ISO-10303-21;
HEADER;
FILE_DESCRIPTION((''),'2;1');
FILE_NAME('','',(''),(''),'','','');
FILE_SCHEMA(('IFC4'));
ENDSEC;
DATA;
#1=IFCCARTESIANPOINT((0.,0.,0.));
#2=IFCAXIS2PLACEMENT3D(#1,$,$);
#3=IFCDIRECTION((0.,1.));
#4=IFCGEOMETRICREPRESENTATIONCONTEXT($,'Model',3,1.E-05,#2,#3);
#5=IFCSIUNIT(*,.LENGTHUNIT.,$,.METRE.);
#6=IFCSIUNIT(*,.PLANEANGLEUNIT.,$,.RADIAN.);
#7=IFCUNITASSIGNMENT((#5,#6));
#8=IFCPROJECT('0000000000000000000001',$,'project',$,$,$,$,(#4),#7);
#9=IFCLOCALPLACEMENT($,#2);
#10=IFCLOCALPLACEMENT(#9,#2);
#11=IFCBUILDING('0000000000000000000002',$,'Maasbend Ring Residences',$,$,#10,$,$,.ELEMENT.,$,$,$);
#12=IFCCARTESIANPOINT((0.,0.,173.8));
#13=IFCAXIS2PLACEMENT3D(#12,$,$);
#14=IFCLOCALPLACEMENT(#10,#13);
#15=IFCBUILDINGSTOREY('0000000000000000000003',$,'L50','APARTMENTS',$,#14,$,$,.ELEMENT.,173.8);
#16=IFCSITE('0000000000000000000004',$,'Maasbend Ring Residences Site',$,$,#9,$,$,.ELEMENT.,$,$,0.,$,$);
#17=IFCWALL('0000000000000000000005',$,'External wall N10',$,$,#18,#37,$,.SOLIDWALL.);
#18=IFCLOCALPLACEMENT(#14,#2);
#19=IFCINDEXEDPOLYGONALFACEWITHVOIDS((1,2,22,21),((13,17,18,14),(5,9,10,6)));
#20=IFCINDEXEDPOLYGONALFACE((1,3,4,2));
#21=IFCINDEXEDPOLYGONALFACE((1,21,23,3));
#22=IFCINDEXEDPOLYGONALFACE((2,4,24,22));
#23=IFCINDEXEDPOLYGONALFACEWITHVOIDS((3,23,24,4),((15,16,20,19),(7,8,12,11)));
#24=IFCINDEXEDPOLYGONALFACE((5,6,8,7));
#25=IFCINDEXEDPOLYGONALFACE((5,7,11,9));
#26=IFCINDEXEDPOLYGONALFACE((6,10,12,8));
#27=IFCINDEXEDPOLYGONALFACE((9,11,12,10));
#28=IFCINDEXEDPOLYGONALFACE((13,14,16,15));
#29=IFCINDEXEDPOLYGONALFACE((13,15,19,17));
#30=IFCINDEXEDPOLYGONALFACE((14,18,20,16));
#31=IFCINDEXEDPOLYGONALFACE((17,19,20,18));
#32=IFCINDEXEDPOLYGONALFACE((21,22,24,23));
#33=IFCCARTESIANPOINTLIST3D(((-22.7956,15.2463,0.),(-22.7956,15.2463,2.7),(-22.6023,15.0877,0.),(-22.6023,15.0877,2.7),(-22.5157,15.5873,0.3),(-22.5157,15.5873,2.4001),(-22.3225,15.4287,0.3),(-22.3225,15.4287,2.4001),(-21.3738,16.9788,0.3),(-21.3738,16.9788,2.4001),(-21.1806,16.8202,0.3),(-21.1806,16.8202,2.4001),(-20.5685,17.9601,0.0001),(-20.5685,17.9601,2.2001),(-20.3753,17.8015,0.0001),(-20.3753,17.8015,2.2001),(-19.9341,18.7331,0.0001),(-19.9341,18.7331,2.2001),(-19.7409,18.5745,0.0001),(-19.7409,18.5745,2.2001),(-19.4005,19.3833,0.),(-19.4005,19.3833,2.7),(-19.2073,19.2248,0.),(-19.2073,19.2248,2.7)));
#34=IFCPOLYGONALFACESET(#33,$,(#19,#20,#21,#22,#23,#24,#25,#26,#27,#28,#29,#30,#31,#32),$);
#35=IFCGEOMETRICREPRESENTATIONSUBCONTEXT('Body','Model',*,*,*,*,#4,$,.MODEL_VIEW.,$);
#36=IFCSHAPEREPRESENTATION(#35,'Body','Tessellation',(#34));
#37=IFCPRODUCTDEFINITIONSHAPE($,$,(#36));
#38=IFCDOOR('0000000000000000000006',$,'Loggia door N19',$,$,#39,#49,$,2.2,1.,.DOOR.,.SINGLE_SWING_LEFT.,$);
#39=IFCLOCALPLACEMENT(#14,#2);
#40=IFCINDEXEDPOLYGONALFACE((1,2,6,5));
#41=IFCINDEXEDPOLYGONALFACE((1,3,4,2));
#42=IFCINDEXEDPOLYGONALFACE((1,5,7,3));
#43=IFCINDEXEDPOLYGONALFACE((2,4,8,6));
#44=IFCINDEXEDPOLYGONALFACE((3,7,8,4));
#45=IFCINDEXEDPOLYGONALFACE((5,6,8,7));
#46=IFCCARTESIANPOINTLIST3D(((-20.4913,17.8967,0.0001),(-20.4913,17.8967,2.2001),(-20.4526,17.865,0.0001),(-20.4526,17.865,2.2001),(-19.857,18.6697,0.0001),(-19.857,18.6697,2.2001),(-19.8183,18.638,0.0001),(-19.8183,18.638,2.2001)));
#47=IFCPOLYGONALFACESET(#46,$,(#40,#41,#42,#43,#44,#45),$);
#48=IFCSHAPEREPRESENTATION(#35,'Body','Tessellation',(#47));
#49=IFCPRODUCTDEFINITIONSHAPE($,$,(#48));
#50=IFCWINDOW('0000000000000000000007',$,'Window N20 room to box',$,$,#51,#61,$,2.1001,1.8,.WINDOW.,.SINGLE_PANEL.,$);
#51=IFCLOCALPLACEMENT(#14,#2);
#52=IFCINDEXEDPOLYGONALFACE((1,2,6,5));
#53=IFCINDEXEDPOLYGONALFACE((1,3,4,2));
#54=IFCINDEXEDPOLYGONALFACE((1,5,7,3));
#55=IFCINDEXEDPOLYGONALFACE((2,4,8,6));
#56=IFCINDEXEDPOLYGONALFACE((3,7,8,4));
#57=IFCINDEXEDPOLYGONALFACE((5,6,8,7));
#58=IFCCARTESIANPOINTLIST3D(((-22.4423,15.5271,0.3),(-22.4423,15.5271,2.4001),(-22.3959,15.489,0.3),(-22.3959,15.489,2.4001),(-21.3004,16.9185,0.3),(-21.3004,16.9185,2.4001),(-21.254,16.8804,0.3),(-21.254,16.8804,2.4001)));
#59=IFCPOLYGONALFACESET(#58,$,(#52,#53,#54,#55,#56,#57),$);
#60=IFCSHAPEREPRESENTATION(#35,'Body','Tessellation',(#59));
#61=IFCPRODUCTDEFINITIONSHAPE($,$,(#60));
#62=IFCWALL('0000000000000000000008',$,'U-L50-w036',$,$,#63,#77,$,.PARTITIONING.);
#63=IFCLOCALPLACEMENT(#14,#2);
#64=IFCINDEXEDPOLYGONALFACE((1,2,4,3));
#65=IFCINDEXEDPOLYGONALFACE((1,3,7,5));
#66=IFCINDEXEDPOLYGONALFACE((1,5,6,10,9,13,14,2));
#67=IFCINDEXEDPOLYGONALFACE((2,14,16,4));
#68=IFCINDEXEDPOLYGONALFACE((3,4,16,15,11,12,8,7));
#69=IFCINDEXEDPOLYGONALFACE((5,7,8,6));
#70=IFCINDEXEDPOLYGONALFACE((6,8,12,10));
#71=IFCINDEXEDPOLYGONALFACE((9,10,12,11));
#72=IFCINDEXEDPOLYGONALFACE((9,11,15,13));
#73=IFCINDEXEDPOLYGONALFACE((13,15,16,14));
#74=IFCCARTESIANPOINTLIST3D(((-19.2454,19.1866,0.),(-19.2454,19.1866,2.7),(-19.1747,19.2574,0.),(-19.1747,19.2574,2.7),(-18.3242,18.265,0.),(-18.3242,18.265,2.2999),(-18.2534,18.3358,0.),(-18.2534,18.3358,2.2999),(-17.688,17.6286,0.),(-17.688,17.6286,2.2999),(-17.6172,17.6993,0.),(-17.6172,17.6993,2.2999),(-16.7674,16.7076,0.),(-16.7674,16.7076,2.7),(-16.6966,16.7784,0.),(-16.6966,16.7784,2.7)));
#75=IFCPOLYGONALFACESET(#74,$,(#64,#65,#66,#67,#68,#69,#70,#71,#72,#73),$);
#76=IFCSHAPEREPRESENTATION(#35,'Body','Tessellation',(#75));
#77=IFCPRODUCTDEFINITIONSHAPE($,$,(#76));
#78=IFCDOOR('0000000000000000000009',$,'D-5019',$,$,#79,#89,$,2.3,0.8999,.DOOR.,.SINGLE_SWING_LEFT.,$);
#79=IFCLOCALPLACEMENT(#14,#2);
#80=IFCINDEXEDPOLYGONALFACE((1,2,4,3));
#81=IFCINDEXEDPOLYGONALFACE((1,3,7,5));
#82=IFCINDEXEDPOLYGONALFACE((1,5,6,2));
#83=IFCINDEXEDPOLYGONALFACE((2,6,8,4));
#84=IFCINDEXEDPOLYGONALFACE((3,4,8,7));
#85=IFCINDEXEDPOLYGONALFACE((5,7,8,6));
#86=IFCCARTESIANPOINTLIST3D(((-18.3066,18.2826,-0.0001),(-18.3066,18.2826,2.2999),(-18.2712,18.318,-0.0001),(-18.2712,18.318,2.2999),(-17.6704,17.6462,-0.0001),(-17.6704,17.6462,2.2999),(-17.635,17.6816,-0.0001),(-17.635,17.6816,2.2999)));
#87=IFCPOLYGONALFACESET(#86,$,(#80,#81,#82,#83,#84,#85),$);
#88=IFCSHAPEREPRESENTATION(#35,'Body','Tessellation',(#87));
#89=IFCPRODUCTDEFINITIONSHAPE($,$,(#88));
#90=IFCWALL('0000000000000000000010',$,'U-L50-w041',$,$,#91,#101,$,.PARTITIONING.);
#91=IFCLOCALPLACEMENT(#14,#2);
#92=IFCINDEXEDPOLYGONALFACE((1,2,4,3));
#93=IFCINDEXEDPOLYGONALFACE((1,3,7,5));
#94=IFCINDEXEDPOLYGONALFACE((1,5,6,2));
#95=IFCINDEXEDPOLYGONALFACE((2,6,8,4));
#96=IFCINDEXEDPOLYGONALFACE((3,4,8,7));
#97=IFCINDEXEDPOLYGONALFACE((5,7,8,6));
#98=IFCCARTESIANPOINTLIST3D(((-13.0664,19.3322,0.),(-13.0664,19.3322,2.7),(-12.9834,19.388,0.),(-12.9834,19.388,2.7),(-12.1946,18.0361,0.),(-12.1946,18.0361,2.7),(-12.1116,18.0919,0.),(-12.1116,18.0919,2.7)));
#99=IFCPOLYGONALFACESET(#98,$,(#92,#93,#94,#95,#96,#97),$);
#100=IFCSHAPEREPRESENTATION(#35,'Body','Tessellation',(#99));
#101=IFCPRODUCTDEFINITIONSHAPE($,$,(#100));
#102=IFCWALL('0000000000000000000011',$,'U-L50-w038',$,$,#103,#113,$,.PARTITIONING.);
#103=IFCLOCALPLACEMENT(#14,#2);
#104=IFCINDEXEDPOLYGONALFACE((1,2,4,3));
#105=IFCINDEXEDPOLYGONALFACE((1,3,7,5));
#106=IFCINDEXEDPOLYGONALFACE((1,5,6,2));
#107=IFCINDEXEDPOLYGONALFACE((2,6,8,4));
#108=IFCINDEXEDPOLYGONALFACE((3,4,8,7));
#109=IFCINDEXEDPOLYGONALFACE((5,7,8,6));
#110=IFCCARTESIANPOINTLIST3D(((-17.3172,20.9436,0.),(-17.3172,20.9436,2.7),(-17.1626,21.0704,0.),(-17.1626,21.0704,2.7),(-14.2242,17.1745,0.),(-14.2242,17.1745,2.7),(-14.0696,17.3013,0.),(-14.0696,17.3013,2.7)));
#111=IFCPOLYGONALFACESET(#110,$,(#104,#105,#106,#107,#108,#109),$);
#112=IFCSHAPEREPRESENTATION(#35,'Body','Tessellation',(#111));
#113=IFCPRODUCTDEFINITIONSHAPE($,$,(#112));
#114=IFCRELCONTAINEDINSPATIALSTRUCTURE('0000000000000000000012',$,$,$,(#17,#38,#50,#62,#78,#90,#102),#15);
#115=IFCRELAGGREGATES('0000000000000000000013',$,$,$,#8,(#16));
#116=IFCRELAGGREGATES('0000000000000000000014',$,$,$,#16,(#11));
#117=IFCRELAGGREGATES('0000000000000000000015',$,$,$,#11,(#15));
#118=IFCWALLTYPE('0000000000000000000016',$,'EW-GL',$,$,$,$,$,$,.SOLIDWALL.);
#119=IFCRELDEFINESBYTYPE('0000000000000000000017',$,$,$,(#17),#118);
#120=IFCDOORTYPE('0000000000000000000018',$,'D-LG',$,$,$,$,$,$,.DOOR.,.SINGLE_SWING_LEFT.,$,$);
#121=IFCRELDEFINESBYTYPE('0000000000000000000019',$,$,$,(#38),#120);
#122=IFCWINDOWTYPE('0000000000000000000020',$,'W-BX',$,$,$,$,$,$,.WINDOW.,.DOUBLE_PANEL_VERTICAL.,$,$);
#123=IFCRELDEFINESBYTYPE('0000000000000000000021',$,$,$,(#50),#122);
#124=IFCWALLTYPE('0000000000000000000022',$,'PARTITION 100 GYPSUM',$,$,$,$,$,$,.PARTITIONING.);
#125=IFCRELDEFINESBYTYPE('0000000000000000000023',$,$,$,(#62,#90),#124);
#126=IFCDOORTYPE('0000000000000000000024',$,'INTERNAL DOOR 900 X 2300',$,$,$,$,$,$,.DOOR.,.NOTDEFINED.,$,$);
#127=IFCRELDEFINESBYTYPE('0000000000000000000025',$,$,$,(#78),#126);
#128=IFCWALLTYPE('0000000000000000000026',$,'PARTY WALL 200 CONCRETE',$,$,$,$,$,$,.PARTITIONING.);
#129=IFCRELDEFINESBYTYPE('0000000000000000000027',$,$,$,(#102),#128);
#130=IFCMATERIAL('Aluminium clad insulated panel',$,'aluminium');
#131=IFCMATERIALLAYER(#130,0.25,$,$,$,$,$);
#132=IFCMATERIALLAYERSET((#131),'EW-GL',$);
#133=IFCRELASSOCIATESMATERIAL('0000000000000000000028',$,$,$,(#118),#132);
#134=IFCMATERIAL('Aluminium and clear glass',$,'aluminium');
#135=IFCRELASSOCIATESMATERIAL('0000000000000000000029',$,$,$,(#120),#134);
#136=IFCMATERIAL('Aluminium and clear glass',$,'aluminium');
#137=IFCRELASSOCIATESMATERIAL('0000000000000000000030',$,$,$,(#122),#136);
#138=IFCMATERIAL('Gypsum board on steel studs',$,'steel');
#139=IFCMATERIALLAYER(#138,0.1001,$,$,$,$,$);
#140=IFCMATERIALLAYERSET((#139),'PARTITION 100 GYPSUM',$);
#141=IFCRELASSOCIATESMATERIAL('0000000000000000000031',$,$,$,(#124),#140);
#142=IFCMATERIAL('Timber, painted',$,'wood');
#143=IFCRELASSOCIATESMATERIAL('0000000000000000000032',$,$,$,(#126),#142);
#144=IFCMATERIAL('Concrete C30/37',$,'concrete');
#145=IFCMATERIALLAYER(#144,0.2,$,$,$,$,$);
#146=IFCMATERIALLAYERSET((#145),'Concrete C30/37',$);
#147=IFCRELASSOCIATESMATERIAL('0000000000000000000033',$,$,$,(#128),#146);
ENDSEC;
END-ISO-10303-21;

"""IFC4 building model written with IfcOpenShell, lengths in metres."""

from ifc_helpers import new_model, si_unit, direction, frame, frame_2d, origin, place, context, subcontext, project, spatial, rectangle, extrude, material, layer, layer_set, type_object, element, fill, save


model = new_model("IFC4")

# Units and contexts
model_context = context("Model", 3, precision=1e-05, world=origin(), true_north=direction((0.0, 1.0)))
body_context = subcontext(model_context, "Body", "Model", "MODEL_VIEW")
ifc_project = project(units=[si_unit("LENGTHUNIT", "METRE"), si_unit("PLANEANGLEUNIT", "RADIAN")], contexts=[model_context])

# Site, building, storey
site_placement = place(None, origin())
site = spatial("IfcSite", under=ifc_project, at=site_placement, Name="Maasbend Ring Residences Site", CompositionType="ELEMENT", RefElevation=0.0)
building_placement = place(site_placement, origin())
building = spatial("IfcBuilding", under=site, at=building_placement, Name="Maasbend Ring Residences", CompositionType="ELEMENT")
storey_placement = place(building_placement, frame((0.0, 0.0, 173.8)))
storey = spatial("IfcBuildingStorey", under=building, at=storey_placement, Name="L50", Description="APARTMENTS", CompositionType="ELEMENT", Elevation=173.8)

# Wall, openings, door, window
ifc_material_1 = material(Name="Aluminium clad insulated panel", Category="aluminium")
ifc_layer_1 = layer(ifc_material_1, 0.25)
ifc_layer_set_1 = layer_set([ifc_layer_1], Name="EW-GL")
wall_type_1 = type_object("IfcWallType", Name="EW-GL", PredefinedType="SOLIDWALL", material=ifc_layer_set_1)
ifc_material_2 = material(Name="Aluminium and clear glass", Category="aluminium")
door_type_1 = type_object("IfcDoorType", Name="D-LG", OperationType="SINGLE_SWING_LEFT", PredefinedType="DOOR", material=ifc_material_2)
ifc_material_3 = material(Name="Aluminium and clear glass", Category="aluminium")
window_type_1 = type_object("IfcWindowType", Name="W-BX", PartitioningType="DOUBLE_PANEL_VERTICAL", PredefinedType="WINDOW", material=ifc_material_3)
wall_1_placement = place(storey_placement, frame((-19.304, 19.304, 0.0), z_axis=(0.0, 0.0, 1.0), x_axis=(-0.634382, -0.773019, 0.0)))
wall_1 = element("IfcWall", 1, at=wall_1_placement, inside=storey, type_object=wall_type_1, Name="External wall N10", PredefinedType="SOLIDWALL", context=body_context, shape_type="SweptSolid", body=[
    extrude(rectangle(XDim=5.3518, YDim=0.25, at=frame_2d((2.6758, 0.0))), origin(), (0.0, 0.0, 1.0), 2.7),
])
opening_1_placement = place(wall_1_placement, frame((0.8411, 0.0, 0.0)))
opening_1 = element("IfcOpeningElement", 2, at=opening_1_placement, cuts=wall_1, PredefinedType="OPENING", context=body_context, shape_type="SweptSolid", body=[
    extrude(rectangle(XDim=1.0, YDim=2.2, at=frame_2d((0.5, 1.1001))), frame((0.0, 0.135, 0.0), z_axis=(0.0, -1.0, 0.0), x_axis=(1.0, 0.0, 0.0)), (0.0, 0.0, 1.0), 0.27),
])
opening_2_placement = place(wall_1_placement, frame((3.1106, 0.0, 0.3)))
opening_2 = element("IfcOpeningElement", 3, at=opening_2_placement, cuts=wall_1, PredefinedType="OPENING", context=body_context, shape_type="SweptSolid", body=[
    extrude(rectangle(XDim=1.8, YDim=2.1001, at=frame_2d((0.8999, 1.05))), frame((0.0, 0.135, 0.0), z_axis=(0.0, -1.0, 0.0), x_axis=(1.0, 0.0, 0.0)), (0.0, 0.0, 1.0), 0.27),
])
door_1_placement = place(opening_1_placement, origin())
door_1 = element("IfcDoor", 4, at=door_1_placement, inside=storey, type_object=door_type_1, Name="Loggia door N19", OperationType="SINGLE_SWING_LEFT", OverallHeight=2.2, OverallWidth=1.0, PredefinedType="DOOR", context=body_context, shape_type="SweptSolid", body=[
    extrude(rectangle(XDim=1.0, YDim=2.2, at=frame_2d((0.5, 1.1001))), frame((0.0, 0.0249, 0.0), z_axis=(0.0, -1.0, 0.0), x_axis=(1.0, 0.0, 0.0)), (0.0, 0.0, 1.0), 0.05),
])
fill(opening_1, door_1)
window_1_placement = place(opening_2_placement, origin())
window_1 = element("IfcWindow", 5, at=window_1_placement, inside=storey, type_object=window_type_1, Name="Window N20 room to box", OverallHeight=2.1001, OverallWidth=1.8, PartitioningType="SINGLE_PANEL", PredefinedType="WINDOW", context=body_context, shape_type="SweptSolid", body=[
    extrude(rectangle(XDim=1.8, YDim=2.1001, at=frame_2d((0.8999, 1.05))), frame((0.0, 0.03, 0.0), z_axis=(0.0, -1.0, 0.0), x_axis=(1.0, 0.0, 0.0)), (0.0, 0.0, 1.0), 0.0601),
])
fill(opening_2, window_1)

# Wall, opening, door
ifc_material_4 = material(Name="Gypsum board on steel studs", Category="steel")
ifc_layer_2 = layer(ifc_material_4, 0.1001)
ifc_layer_set_2 = layer_set([ifc_layer_2], Name="PARTITION 100 GYPSUM")
wall_type_2 = type_object("IfcWallType", Name="PARTITION 100 GYPSUM", PredefinedType="PARTITIONING", material=ifc_layer_set_2)
wall_2_placement = place(storey_placement, frame((-19.21, 19.2219, 0.0), z_axis=(0.0, 0.0, 1.0), x_axis=(0.706967, -0.707246, 0.0)))
wall_2 = element("IfcWall", 6, at=wall_2_placement, inside=storey, type_object=wall_type_2, Name="U-L50-w036", PredefinedType="PARTITIONING", context=body_context, shape_type="SweptSolid", body=[
    extrude(rectangle(XDim=3.5051, YDim=0.1001, at=frame_2d((1.7524, 0.0))), origin(), (0.0, 0.0, 1.0), 2.7),
])
opening_3_placement = place(wall_2_placement, frame((1.303, 0.0, 0.0)))
opening_3 = element("IfcOpeningElement", 7, at=opening_3_placement, cuts=wall_2, PredefinedType="OPENING", context=body_context, shape_type="SweptSolid", body=[
    extrude(rectangle(XDim=0.8999, YDim=2.3, at=frame_2d((0.45, 1.1499))), frame((0.0, 0.0601, 0.0), z_axis=(0.0, -1.0, 0.0), x_axis=(1.0, 0.0, 0.0)), (0.0, 0.0, 1.0), 0.1201),
])
ifc_material_5 = material(Name="Timber, painted", Category="wood")
door_type_2 = type_object("IfcDoorType", Name="INTERNAL DOOR 900 X 2300", OperationType="NOTDEFINED", PredefinedType="DOOR", material=ifc_material_5)
door_2_placement = place(opening_3_placement, origin())
door_2 = element("IfcDoor", 8, at=door_2_placement, inside=storey, type_object=door_type_2, Name="D-5019", OperationType="SINGLE_SWING_LEFT", OverallHeight=2.3, OverallWidth=0.8999, PredefinedType="DOOR", context=body_context, shape_type="SweptSolid", body=[
    extrude(rectangle(XDim=0.8999, YDim=2.3, at=frame_2d((0.45, 1.1499))), frame((0.0, 0.0249, 0.0), z_axis=(0.0, -1.0, 0.0), x_axis=(1.0, 0.0, 0.0)), (0.0, 0.0, 1.0), 0.05),
])
fill(opening_3, door_2)

# Walls
wall_3_placement = place(storey_placement, frame((-13.0249, 19.3601, 0.0), z_axis=(0.0, 0.0, 1.0), x_axis=(0.558122, -0.829759, 0.0)))
element("IfcWall", 9, at=wall_3_placement, inside=storey, type_object=wall_type_2, Name="U-L50-w041", PredefinedType="PARTITIONING", context=body_context, shape_type="SweptSolid", body=[
    extrude(rectangle(XDim=1.562, YDim=0.1001, at=frame_2d((0.781, 0.0))), origin(), (0.0, 0.0, 1.0), 2.7),
])
ifc_material_6 = material(Name="Concrete C30/37", Category="concrete")
ifc_layer_3 = layer(ifc_material_6, 0.2)
ifc_layer_set_3 = layer_set([ifc_layer_3], Name="Concrete C30/37")
wall_type_3 = type_object("IfcWallType", Name="PARTY WALL 200 CONCRETE", PredefinedType="PARTITIONING", material=ifc_layer_set_3)
wall_4_placement = place(storey_placement, frame((-17.24, 21.0071, 0.0), z_axis=(0.0, 0.0, 1.0), x_axis=(0.634374, -0.773026, 0.0)))
element("IfcWall", 10, at=wall_4_placement, inside=storey, type_object=wall_type_3, Name="U-L50-w038", PredefinedType="PARTITIONING", context=body_context, shape_type="SweptSolid", body=[
    extrude(rectangle(XDim=4.8757, YDim=0.2, at=frame_2d((2.438, 0.0))), origin(), (0.0, 0.0, 1.0), 2.7),
])

save(model, "model.ifc")
